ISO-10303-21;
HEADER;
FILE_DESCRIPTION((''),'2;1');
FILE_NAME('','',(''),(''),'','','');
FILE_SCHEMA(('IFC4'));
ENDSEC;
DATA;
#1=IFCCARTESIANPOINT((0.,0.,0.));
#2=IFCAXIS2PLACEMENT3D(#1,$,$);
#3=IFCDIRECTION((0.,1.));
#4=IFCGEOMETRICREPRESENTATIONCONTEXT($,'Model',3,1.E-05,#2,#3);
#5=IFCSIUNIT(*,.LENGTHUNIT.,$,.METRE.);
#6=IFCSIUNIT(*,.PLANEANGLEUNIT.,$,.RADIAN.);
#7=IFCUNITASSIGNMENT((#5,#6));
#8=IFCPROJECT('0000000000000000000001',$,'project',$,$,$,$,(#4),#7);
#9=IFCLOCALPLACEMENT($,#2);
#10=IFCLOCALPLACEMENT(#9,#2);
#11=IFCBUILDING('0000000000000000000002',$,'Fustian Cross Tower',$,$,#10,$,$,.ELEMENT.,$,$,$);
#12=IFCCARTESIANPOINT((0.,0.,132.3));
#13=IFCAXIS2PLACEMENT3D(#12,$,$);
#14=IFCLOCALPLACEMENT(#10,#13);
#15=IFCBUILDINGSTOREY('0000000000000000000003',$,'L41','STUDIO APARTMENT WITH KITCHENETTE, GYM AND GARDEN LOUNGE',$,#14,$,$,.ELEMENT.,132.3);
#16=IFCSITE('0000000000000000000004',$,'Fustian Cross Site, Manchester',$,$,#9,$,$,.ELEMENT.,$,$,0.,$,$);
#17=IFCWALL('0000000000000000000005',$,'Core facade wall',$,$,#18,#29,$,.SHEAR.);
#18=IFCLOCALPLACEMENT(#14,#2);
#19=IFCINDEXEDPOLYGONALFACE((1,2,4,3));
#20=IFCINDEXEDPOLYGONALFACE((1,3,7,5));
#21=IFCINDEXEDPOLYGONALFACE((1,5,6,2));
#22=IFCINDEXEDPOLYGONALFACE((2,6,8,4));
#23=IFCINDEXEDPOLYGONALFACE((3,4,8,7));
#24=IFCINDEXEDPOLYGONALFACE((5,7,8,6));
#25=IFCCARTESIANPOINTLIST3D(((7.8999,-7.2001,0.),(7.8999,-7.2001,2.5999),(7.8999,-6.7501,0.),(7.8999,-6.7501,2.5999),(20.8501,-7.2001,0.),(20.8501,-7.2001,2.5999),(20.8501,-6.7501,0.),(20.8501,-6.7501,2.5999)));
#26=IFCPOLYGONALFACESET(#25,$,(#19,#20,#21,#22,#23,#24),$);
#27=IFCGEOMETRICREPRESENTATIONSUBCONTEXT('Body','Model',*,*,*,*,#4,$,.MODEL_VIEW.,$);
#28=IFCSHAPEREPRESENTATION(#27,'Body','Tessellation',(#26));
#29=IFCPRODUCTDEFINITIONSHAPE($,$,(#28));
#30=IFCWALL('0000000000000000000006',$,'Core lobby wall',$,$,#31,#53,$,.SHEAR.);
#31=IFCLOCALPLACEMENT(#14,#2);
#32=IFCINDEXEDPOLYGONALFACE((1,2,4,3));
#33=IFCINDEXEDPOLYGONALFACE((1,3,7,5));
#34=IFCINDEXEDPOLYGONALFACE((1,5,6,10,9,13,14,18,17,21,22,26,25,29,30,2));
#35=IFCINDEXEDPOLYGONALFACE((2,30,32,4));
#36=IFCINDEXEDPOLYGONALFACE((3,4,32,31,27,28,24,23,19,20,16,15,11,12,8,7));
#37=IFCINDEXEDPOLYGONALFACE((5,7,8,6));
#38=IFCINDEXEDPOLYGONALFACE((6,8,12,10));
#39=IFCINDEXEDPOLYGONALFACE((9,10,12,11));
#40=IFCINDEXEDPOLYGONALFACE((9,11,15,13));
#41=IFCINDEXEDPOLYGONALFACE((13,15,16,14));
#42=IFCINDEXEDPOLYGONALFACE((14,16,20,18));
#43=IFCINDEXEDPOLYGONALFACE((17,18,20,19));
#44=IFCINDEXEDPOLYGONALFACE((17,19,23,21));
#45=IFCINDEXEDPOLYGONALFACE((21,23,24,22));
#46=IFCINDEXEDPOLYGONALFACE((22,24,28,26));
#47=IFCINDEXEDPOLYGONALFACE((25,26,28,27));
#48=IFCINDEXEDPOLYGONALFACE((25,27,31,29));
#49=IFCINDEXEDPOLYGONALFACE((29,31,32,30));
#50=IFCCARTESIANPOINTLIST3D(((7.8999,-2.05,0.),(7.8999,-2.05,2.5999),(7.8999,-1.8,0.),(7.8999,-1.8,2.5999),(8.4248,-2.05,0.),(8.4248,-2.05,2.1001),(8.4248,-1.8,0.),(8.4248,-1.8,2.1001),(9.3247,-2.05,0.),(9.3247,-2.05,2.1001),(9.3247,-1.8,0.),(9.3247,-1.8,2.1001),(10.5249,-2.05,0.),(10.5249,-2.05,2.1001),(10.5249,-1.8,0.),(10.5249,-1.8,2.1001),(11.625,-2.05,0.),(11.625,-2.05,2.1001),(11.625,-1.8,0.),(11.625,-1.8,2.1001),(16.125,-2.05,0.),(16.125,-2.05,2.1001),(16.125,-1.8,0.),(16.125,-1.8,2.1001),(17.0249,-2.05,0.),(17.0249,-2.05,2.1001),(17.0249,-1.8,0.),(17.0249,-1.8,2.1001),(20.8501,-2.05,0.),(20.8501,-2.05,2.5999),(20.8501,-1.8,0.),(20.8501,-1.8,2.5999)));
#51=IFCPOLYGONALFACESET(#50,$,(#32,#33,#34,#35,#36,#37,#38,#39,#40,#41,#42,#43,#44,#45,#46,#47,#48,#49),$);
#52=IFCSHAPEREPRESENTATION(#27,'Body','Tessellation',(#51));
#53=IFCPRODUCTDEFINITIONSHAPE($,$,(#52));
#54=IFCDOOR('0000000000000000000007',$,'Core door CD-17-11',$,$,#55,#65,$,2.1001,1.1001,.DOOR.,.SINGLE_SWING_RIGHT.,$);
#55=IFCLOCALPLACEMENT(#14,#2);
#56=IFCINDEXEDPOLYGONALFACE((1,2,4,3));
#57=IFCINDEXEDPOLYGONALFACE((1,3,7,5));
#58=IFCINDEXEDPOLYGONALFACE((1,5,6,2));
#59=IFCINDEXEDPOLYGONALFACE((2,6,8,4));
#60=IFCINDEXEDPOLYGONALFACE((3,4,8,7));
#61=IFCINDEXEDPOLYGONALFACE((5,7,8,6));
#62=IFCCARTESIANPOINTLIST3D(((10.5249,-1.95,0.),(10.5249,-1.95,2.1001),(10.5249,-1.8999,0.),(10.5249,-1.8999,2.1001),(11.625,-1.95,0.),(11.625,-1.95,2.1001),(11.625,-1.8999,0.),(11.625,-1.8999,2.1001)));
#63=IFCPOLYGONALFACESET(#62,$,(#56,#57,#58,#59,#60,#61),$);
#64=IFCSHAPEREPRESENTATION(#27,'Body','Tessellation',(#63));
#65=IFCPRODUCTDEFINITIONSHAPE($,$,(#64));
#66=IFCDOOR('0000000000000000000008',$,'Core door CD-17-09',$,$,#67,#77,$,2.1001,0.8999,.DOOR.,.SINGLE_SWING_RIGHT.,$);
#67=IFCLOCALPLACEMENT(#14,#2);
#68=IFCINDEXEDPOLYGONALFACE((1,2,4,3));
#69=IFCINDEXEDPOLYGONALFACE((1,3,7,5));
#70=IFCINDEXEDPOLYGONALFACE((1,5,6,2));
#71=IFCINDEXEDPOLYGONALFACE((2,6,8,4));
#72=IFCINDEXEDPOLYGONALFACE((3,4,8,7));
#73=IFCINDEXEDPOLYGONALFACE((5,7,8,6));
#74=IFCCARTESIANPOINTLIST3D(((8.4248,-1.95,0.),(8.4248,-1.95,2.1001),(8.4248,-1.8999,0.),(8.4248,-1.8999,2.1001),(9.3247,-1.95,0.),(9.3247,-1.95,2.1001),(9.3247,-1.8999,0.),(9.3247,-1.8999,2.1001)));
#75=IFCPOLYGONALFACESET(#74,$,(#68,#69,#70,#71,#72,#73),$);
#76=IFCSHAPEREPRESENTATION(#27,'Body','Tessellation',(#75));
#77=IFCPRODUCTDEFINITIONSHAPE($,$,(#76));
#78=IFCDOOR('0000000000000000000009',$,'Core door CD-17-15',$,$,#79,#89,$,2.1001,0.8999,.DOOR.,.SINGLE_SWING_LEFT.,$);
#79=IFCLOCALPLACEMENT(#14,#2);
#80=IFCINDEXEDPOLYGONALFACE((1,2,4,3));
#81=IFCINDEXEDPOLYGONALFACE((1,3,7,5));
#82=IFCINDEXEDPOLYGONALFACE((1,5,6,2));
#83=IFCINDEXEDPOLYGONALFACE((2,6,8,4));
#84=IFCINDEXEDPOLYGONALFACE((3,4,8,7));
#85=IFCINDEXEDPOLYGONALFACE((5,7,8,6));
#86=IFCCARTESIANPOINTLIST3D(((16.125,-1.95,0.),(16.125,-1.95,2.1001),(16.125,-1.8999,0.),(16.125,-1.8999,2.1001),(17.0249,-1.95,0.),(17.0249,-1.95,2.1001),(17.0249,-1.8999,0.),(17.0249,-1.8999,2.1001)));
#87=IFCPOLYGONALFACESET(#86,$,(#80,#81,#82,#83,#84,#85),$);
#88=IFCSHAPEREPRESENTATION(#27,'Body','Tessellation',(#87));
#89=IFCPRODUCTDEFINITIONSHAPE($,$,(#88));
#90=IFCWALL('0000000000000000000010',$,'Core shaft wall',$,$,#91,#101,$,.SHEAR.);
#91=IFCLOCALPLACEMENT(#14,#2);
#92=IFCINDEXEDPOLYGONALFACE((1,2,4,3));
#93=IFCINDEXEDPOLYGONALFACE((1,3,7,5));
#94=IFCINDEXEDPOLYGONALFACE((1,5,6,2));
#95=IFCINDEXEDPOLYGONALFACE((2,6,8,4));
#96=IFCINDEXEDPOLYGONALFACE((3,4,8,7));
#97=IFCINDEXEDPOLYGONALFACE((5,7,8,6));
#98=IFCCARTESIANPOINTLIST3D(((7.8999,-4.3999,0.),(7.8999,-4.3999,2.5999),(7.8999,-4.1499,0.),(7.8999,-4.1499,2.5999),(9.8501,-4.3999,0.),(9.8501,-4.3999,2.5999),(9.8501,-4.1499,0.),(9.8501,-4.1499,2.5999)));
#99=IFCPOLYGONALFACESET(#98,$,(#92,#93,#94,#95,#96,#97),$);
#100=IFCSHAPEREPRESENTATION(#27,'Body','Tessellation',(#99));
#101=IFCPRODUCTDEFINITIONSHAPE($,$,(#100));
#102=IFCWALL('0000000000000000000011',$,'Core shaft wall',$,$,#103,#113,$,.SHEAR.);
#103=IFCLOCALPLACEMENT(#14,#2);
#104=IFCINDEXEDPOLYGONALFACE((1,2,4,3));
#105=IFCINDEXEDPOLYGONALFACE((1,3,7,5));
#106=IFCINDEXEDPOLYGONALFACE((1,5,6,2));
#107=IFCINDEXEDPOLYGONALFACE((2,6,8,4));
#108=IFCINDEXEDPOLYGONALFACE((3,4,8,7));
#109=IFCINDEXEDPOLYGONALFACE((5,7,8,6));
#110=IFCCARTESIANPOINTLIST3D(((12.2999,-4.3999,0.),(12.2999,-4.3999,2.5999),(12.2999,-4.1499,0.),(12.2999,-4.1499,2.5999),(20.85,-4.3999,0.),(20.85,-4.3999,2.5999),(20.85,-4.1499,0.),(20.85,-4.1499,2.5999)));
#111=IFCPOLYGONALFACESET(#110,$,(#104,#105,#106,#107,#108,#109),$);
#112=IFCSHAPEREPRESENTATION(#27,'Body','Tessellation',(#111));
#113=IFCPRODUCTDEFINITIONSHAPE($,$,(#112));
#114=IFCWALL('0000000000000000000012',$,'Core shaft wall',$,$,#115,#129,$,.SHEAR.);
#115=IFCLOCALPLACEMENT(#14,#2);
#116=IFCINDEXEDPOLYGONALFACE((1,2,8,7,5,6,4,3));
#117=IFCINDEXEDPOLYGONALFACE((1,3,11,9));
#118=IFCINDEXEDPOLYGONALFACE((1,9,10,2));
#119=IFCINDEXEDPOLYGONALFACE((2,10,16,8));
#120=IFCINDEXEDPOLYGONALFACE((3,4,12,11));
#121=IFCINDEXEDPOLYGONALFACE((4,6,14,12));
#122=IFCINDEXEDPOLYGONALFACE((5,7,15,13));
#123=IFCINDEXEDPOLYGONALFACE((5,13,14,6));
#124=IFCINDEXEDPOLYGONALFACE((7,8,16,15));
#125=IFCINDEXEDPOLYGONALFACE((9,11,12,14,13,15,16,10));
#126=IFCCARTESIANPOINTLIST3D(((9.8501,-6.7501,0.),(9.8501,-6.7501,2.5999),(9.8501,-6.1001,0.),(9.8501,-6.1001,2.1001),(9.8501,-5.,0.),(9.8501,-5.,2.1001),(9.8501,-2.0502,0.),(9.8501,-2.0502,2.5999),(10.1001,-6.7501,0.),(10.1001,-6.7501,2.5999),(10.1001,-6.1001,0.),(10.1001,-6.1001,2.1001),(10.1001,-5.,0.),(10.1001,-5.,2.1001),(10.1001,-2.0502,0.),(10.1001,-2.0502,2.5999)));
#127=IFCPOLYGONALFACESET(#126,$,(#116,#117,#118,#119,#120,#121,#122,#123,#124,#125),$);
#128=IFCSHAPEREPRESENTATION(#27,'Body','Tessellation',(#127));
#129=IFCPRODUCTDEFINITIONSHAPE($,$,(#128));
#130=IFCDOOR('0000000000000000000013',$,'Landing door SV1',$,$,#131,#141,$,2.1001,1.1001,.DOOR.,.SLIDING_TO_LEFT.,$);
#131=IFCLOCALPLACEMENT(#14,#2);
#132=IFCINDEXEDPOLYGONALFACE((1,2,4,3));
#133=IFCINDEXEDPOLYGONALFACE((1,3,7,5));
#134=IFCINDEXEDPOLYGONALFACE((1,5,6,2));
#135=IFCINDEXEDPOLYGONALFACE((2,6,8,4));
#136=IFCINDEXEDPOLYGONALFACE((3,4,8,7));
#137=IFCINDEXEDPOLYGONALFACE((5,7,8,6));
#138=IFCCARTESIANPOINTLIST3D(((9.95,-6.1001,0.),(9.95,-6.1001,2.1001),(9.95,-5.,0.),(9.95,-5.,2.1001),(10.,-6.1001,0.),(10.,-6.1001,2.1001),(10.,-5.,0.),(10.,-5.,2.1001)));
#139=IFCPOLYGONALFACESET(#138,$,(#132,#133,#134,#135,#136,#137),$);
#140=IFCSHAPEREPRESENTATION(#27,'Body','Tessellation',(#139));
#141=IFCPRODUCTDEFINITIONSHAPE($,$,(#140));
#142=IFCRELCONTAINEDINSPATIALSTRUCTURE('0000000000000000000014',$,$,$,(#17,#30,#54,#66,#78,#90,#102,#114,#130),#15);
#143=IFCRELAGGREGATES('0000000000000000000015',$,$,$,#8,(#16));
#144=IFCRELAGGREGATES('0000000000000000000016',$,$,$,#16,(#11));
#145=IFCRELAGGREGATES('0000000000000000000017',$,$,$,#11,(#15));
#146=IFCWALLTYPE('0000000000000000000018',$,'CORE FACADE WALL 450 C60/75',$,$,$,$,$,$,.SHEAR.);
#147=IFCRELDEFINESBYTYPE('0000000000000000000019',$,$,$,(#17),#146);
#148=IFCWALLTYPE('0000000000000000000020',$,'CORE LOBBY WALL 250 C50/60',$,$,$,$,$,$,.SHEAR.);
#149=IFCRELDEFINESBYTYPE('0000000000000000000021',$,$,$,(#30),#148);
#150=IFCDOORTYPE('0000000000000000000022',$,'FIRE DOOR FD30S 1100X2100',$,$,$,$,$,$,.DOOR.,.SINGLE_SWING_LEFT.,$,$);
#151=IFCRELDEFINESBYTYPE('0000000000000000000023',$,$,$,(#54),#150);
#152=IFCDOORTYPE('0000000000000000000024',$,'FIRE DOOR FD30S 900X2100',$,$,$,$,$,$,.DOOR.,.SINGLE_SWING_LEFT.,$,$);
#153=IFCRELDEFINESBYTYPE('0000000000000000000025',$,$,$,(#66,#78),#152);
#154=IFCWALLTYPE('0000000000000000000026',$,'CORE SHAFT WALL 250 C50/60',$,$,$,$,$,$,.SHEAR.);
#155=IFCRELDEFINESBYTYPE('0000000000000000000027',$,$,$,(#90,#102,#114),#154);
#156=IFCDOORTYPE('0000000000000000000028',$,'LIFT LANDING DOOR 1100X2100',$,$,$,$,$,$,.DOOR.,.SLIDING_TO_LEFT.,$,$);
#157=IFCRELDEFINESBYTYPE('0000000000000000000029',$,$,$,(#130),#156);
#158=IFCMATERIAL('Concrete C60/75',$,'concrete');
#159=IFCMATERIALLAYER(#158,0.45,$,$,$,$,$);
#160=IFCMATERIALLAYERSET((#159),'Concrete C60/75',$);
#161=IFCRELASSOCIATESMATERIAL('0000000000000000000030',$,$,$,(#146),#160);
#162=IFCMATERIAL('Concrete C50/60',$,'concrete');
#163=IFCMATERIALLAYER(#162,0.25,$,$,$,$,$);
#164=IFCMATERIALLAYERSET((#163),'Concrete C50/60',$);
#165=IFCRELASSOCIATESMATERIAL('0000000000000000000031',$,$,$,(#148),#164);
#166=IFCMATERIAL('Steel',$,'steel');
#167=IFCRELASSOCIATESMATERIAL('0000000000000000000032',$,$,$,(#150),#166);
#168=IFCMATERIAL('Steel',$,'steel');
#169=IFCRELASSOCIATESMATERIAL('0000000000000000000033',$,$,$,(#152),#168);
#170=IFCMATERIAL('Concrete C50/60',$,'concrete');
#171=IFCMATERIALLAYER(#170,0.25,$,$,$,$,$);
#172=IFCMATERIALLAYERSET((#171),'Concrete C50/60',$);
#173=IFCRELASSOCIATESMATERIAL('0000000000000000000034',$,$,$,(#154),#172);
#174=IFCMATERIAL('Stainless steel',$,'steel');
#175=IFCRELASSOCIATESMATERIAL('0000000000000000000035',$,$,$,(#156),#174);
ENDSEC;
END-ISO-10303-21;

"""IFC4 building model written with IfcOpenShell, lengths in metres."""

from ifc_helpers import new_model, si_unit, direction, frame, frame_2d, origin, place, context, subcontext, project, spatial, rectangle, extrude, material, layer, layer_set, type_object, element, fill, save


model = new_model("IFC4")

# Units and contexts
model_context = context("Model", 3, precision=1e-05, world=origin(), true_north=direction((0.0, 1.0)))
body_context = subcontext(model_context, "Body", "Model", "MODEL_VIEW")
ifc_project = project(units=[si_unit("LENGTHUNIT", "METRE"), si_unit("PLANEANGLEUNIT", "RADIAN")], contexts=[model_context])

# Site, building, storey
site_placement = place(None, origin())
site = spatial("IfcSite", under=ifc_project, at=site_placement, Name="Fustian Cross Site, Manchester", CompositionType="ELEMENT", RefElevation=0.0)
building_placement = place(site_placement, origin())
building = spatial("IfcBuilding", under=site, at=building_placement, Name="Fustian Cross Tower", CompositionType="ELEMENT")
storey_placement = place(building_placement, frame((0.0, 0.0, 132.3)))
storey = spatial("IfcBuildingStorey", under=building, at=storey_placement, Name="L41", Description="STUDIO APARTMENT WITH KITCHENETTE, GYM AND GARDEN LOUNGE", CompositionType="ELEMENT", Elevation=132.3)

# Wall
ifc_material_1 = material(Name="Concrete C60/75", Category="concrete")
ifc_layer_1 = layer(ifc_material_1, 0.45)
ifc_layer_set_1 = layer_set([ifc_layer_1], Name="Concrete C60/75")
wall_type_1 = type_object("IfcWallType", Name="CORE FACADE WALL 450 C60/75", PredefinedType="SHEAR", material=ifc_layer_set_1)
wall_1_placement = place(storey_placement, frame((7.8999, -6.9751, 0.0), z_axis=(0.0, 0.0, 1.0), x_axis=(1.0, 0.0, 0.0)))
element("IfcWall", 1, at=wall_1_placement, inside=storey, type_object=wall_type_1, Name="Core facade wall", PredefinedType="SHEAR", context=body_context, shape_type="SweptSolid", body=[
    extrude(rectangle(XDim=12.9502, YDim=0.45, at=frame_2d((6.4751, 0.0))), origin(), (0.0, 0.0, 1.0), 2.5999),
])

# Wall, openings, doors
ifc_material_2 = material(Name="Concrete C50/60", Category="concrete")
ifc_layer_2 = layer(ifc_material_2, 0.25)
ifc_layer_set_2 = layer_set([ifc_layer_2], Name="Concrete C50/60")
wall_type_2 = type_object("IfcWallType", Name="CORE LOBBY WALL 250 C50/60", PredefinedType="SHEAR", material=ifc_layer_set_2)
wall_2_placement = place(storey_placement, frame((7.8999, -1.925, 0.0), z_axis=(0.0, 0.0, 1.0), x_axis=(1.0, 0.0, 0.0)))
wall_2 = element("IfcWall", 2, at=wall_2_placement, inside=storey, type_object=wall_type_2, Name="Core lobby wall", PredefinedType="SHEAR", context=body_context, shape_type="SweptSolid", body=[
    extrude(rectangle(XDim=12.9502, YDim=0.25, at=frame_2d((6.4751, 0.0))), origin(), (0.0, 0.0, 1.0), 2.5999),
])
opening_1_placement = place(wall_2_placement, frame((0.5249, 0.0, 0.0)))
opening_1 = element("IfcOpeningElement", 3, at=opening_1_placement, cuts=wall_2, PredefinedType="OPENING", context=body_context, shape_type="SweptSolid", body=[
    extrude(rectangle(XDim=0.8999, YDim=2.1001, at=frame_2d((0.45, 1.05))), frame((0.0, 0.135, 0.0), z_axis=(0.0, -1.0, 0.0), x_axis=(1.0, 0.0, 0.0)), (0.0, 0.0, 1.0), 0.27),
])
opening_2_placement = place(wall_2_placement, frame((2.625, 0.0, 0.0)))
opening_2 = element("IfcOpeningElement", 4, at=opening_2_placement, cuts=wall_2, PredefinedType="OPENING", context=body_context, shape_type="SweptSolid", body=[
    extrude(rectangle(XDim=1.1001, YDim=2.1001, at=frame_2d((0.55, 1.05))), frame((0.0, 0.135, 0.0), z_axis=(0.0, -1.0, 0.0), x_axis=(1.0, 0.0, 0.0)), (0.0, 0.0, 1.0), 0.27),
])
opening_3_placement = place(wall_2_placement, frame((8.2251, 0.0, 0.0)))
opening_3 = element("IfcOpeningElement", 5, at=opening_3_placement, cuts=wall_2, PredefinedType="OPENING", context=body_context, shape_type="SweptSolid", body=[
    extrude(rectangle(XDim=0.8999, YDim=2.1001, at=frame_2d((0.45, 1.05))), frame((0.0, 0.135, 0.0), z_axis=(0.0, -1.0, 0.0), x_axis=(1.0, 0.0, 0.0)), (0.0, 0.0, 1.0), 0.27),
])
ifc_material_3 = material(Name="Steel", Category="steel")
door_type_1 = type_object("IfcDoorType", Name="FIRE DOOR FD30S 1100X2100", OperationType="SINGLE_SWING_LEFT", PredefinedType="DOOR", material=ifc_material_3)
door_1_placement = place(opening_2_placement, frame((1.1001, 0.0, 0.0), z_axis=(0.0, 0.0, 1.0), x_axis=(-1.0, 0.0, 0.0)))
door_1 = element("IfcDoor", 6, at=door_1_placement, inside=storey, type_object=door_type_1, Name="Core door CD-17-11", OperationType="SINGLE_SWING_RIGHT", OverallHeight=2.1001, OverallWidth=1.1001, PredefinedType="DOOR", context=body_context, shape_type="SweptSolid", body=[
    extrude(rectangle(XDim=1.1001, YDim=2.1001, at=frame_2d((0.55, 1.05))), frame((0.0, 0.0249, 0.0), z_axis=(0.0, -1.0, 0.0), x_axis=(1.0, 0.0, 0.0)), (0.0, 0.0, 1.0), 0.05),
])
fill(opening_2, door_1)
ifc_material_4 = material(Name="Steel", Category="steel")
door_type_2 = type_object("IfcDoorType", Name="FIRE DOOR FD30S 900X2100", OperationType="SINGLE_SWING_LEFT", PredefinedType="DOOR", material=ifc_material_4)
door_2_placement = place(opening_1_placement, frame((0.8999, 0.0, 0.0), z_axis=(0.0, 0.0, 1.0), x_axis=(-1.0, 0.0, 0.0)))
door_2 = element("IfcDoor", 7, at=door_2_placement, inside=storey, type_object=door_type_2, Name="Core door CD-17-09", OperationType="SINGLE_SWING_RIGHT", OverallHeight=2.1001, OverallWidth=0.8999, PredefinedType="DOOR", context=body_context, shape_type="SweptSolid", body=[
    extrude(rectangle(XDim=0.8999, YDim=2.1001, at=frame_2d((0.45, 1.05))), frame((0.0, 0.0249, 0.0), z_axis=(0.0, -1.0, 0.0), x_axis=(1.0, 0.0, 0.0)), (0.0, 0.0, 1.0), 0.05),
])
fill(opening_1, door_2)
door_3_placement = place(opening_3_placement, frame((0.8999, 0.0, 0.0), z_axis=(0.0, 0.0, 1.0), x_axis=(-1.0, 0.0, 0.0)))
door_3 = element("IfcDoor", 8, at=door_3_placement, inside=storey, type_object=door_type_2, Name="Core door CD-17-15", OperationType="SINGLE_SWING_LEFT", OverallHeight=2.1001, OverallWidth=0.8999, PredefinedType="DOOR", context=body_context, shape_type="SweptSolid", body=[
    extrude(rectangle(XDim=0.8999, YDim=2.1001, at=frame_2d((0.45, 1.05))), frame((0.0, 0.0249, 0.0), z_axis=(0.0, -1.0, 0.0), x_axis=(1.0, 0.0, 0.0)), (0.0, 0.0, 1.0), 0.05),
])
fill(opening_3, door_3)

# Walls
ifc_material_5 = material(Name="Concrete C50/60", Category="concrete")
ifc_layer_3 = layer(ifc_material_5, 0.25)
ifc_layer_set_3 = layer_set([ifc_layer_3], Name="Concrete C50/60")
wall_type_3 = type_object("IfcWallType", Name="CORE SHAFT WALL 250 C50/60", PredefinedType="SHEAR", material=ifc_layer_set_3)
wall_3_placement = place(storey_placement, frame((7.8999, -4.2749, 0.0), z_axis=(0.0, 0.0, 1.0), x_axis=(1.0, 0.0, 0.0)))
element("IfcWall", 9, at=wall_3_placement, inside=storey, type_object=wall_type_3, Name="Core shaft wall", PredefinedType="SHEAR", context=body_context, shape_type="SweptSolid", body=[
    extrude(rectangle(XDim=1.9502, YDim=0.25, at=frame_2d((0.9751, 0.0))), origin(), (0.0, 0.0, 1.0), 2.5999),
])
wall_4_placement = place(storey_placement, frame((12.3, -4.2749, 0.0), z_axis=(0.0, 0.0, 1.0), x_axis=(1.0, 0.0, 0.0)))
element("IfcWall", 10, at=wall_4_placement, inside=storey, type_object=wall_type_3, Name="Core shaft wall", PredefinedType="SHEAR", context=body_context, shape_type="SweptSolid", body=[
    extrude(rectangle(XDim=8.55, YDim=0.25, at=frame_2d((4.2749, 0.0))), origin(), (0.0, 0.0, 1.0), 2.5999),
])

# Wall, opening, door
wall_5_placement = place(storey_placement, frame((9.9751, -2.05, 0.0), z_axis=(0.0, 0.0, 1.0), x_axis=(0.0, -1.0, 0.0)))
wall_5 = element("IfcWall", 11, at=wall_5_placement, inside=storey, type_object=wall_type_3, Name="Core shaft wall", PredefinedType="SHEAR", context=body_context, shape_type="SweptSolid", body=[
    extrude(rectangle(XDim=4.7, YDim=0.25, at=frame_2d((2.3501, 0.0))), origin(), (0.0, 0.0, 1.0), 2.5999),
])
opening_4_placement = place(wall_5_placement, frame((2.95, 0.0, 0.0)))
opening_4 = element("IfcOpeningElement", 12, at=opening_4_placement, cuts=wall_5, PredefinedType="OPENING", context=body_context, shape_type="SweptSolid", body=[
    extrude(rectangle(XDim=1.1001, YDim=2.1001, at=frame_2d((0.55, 1.05))), frame((0.0, 0.135, 0.0), z_axis=(0.0, -1.0, 0.0), x_axis=(1.0, 0.0, 0.0)), (0.0, 0.0, 1.0), 0.27),
])
ifc_material_6 = material(Name="Stainless steel", Category="steel")
door_type_3 = type_object("IfcDoorType", Name="LIFT LANDING DOOR 1100X2100", OperationType="SLIDING_TO_LEFT", PredefinedType="DOOR", material=ifc_material_6)
door_4_placement = place(opening_4_placement, origin())
door_4 = element("IfcDoor", 13, at=door_4_placement, inside=storey, type_object=door_type_3, Name="Landing door SV1", OperationType="SLIDING_TO_LEFT", OverallHeight=2.1001, OverallWidth=1.1001, PredefinedType="DOOR", context=body_context, shape_type="SweptSolid", body=[
    extrude(rectangle(XDim=1.1001, YDim=2.1001, at=frame_2d((0.55, 1.05))), frame((0.0, 0.0249, 0.0), z_axis=(0.0, -1.0, 0.0), x_axis=(1.0, 0.0, 0.0)), (0.0, 0.0, 1.0), 0.05),
])
fill(opening_4, door_4)

save(model, "model.ifc")
